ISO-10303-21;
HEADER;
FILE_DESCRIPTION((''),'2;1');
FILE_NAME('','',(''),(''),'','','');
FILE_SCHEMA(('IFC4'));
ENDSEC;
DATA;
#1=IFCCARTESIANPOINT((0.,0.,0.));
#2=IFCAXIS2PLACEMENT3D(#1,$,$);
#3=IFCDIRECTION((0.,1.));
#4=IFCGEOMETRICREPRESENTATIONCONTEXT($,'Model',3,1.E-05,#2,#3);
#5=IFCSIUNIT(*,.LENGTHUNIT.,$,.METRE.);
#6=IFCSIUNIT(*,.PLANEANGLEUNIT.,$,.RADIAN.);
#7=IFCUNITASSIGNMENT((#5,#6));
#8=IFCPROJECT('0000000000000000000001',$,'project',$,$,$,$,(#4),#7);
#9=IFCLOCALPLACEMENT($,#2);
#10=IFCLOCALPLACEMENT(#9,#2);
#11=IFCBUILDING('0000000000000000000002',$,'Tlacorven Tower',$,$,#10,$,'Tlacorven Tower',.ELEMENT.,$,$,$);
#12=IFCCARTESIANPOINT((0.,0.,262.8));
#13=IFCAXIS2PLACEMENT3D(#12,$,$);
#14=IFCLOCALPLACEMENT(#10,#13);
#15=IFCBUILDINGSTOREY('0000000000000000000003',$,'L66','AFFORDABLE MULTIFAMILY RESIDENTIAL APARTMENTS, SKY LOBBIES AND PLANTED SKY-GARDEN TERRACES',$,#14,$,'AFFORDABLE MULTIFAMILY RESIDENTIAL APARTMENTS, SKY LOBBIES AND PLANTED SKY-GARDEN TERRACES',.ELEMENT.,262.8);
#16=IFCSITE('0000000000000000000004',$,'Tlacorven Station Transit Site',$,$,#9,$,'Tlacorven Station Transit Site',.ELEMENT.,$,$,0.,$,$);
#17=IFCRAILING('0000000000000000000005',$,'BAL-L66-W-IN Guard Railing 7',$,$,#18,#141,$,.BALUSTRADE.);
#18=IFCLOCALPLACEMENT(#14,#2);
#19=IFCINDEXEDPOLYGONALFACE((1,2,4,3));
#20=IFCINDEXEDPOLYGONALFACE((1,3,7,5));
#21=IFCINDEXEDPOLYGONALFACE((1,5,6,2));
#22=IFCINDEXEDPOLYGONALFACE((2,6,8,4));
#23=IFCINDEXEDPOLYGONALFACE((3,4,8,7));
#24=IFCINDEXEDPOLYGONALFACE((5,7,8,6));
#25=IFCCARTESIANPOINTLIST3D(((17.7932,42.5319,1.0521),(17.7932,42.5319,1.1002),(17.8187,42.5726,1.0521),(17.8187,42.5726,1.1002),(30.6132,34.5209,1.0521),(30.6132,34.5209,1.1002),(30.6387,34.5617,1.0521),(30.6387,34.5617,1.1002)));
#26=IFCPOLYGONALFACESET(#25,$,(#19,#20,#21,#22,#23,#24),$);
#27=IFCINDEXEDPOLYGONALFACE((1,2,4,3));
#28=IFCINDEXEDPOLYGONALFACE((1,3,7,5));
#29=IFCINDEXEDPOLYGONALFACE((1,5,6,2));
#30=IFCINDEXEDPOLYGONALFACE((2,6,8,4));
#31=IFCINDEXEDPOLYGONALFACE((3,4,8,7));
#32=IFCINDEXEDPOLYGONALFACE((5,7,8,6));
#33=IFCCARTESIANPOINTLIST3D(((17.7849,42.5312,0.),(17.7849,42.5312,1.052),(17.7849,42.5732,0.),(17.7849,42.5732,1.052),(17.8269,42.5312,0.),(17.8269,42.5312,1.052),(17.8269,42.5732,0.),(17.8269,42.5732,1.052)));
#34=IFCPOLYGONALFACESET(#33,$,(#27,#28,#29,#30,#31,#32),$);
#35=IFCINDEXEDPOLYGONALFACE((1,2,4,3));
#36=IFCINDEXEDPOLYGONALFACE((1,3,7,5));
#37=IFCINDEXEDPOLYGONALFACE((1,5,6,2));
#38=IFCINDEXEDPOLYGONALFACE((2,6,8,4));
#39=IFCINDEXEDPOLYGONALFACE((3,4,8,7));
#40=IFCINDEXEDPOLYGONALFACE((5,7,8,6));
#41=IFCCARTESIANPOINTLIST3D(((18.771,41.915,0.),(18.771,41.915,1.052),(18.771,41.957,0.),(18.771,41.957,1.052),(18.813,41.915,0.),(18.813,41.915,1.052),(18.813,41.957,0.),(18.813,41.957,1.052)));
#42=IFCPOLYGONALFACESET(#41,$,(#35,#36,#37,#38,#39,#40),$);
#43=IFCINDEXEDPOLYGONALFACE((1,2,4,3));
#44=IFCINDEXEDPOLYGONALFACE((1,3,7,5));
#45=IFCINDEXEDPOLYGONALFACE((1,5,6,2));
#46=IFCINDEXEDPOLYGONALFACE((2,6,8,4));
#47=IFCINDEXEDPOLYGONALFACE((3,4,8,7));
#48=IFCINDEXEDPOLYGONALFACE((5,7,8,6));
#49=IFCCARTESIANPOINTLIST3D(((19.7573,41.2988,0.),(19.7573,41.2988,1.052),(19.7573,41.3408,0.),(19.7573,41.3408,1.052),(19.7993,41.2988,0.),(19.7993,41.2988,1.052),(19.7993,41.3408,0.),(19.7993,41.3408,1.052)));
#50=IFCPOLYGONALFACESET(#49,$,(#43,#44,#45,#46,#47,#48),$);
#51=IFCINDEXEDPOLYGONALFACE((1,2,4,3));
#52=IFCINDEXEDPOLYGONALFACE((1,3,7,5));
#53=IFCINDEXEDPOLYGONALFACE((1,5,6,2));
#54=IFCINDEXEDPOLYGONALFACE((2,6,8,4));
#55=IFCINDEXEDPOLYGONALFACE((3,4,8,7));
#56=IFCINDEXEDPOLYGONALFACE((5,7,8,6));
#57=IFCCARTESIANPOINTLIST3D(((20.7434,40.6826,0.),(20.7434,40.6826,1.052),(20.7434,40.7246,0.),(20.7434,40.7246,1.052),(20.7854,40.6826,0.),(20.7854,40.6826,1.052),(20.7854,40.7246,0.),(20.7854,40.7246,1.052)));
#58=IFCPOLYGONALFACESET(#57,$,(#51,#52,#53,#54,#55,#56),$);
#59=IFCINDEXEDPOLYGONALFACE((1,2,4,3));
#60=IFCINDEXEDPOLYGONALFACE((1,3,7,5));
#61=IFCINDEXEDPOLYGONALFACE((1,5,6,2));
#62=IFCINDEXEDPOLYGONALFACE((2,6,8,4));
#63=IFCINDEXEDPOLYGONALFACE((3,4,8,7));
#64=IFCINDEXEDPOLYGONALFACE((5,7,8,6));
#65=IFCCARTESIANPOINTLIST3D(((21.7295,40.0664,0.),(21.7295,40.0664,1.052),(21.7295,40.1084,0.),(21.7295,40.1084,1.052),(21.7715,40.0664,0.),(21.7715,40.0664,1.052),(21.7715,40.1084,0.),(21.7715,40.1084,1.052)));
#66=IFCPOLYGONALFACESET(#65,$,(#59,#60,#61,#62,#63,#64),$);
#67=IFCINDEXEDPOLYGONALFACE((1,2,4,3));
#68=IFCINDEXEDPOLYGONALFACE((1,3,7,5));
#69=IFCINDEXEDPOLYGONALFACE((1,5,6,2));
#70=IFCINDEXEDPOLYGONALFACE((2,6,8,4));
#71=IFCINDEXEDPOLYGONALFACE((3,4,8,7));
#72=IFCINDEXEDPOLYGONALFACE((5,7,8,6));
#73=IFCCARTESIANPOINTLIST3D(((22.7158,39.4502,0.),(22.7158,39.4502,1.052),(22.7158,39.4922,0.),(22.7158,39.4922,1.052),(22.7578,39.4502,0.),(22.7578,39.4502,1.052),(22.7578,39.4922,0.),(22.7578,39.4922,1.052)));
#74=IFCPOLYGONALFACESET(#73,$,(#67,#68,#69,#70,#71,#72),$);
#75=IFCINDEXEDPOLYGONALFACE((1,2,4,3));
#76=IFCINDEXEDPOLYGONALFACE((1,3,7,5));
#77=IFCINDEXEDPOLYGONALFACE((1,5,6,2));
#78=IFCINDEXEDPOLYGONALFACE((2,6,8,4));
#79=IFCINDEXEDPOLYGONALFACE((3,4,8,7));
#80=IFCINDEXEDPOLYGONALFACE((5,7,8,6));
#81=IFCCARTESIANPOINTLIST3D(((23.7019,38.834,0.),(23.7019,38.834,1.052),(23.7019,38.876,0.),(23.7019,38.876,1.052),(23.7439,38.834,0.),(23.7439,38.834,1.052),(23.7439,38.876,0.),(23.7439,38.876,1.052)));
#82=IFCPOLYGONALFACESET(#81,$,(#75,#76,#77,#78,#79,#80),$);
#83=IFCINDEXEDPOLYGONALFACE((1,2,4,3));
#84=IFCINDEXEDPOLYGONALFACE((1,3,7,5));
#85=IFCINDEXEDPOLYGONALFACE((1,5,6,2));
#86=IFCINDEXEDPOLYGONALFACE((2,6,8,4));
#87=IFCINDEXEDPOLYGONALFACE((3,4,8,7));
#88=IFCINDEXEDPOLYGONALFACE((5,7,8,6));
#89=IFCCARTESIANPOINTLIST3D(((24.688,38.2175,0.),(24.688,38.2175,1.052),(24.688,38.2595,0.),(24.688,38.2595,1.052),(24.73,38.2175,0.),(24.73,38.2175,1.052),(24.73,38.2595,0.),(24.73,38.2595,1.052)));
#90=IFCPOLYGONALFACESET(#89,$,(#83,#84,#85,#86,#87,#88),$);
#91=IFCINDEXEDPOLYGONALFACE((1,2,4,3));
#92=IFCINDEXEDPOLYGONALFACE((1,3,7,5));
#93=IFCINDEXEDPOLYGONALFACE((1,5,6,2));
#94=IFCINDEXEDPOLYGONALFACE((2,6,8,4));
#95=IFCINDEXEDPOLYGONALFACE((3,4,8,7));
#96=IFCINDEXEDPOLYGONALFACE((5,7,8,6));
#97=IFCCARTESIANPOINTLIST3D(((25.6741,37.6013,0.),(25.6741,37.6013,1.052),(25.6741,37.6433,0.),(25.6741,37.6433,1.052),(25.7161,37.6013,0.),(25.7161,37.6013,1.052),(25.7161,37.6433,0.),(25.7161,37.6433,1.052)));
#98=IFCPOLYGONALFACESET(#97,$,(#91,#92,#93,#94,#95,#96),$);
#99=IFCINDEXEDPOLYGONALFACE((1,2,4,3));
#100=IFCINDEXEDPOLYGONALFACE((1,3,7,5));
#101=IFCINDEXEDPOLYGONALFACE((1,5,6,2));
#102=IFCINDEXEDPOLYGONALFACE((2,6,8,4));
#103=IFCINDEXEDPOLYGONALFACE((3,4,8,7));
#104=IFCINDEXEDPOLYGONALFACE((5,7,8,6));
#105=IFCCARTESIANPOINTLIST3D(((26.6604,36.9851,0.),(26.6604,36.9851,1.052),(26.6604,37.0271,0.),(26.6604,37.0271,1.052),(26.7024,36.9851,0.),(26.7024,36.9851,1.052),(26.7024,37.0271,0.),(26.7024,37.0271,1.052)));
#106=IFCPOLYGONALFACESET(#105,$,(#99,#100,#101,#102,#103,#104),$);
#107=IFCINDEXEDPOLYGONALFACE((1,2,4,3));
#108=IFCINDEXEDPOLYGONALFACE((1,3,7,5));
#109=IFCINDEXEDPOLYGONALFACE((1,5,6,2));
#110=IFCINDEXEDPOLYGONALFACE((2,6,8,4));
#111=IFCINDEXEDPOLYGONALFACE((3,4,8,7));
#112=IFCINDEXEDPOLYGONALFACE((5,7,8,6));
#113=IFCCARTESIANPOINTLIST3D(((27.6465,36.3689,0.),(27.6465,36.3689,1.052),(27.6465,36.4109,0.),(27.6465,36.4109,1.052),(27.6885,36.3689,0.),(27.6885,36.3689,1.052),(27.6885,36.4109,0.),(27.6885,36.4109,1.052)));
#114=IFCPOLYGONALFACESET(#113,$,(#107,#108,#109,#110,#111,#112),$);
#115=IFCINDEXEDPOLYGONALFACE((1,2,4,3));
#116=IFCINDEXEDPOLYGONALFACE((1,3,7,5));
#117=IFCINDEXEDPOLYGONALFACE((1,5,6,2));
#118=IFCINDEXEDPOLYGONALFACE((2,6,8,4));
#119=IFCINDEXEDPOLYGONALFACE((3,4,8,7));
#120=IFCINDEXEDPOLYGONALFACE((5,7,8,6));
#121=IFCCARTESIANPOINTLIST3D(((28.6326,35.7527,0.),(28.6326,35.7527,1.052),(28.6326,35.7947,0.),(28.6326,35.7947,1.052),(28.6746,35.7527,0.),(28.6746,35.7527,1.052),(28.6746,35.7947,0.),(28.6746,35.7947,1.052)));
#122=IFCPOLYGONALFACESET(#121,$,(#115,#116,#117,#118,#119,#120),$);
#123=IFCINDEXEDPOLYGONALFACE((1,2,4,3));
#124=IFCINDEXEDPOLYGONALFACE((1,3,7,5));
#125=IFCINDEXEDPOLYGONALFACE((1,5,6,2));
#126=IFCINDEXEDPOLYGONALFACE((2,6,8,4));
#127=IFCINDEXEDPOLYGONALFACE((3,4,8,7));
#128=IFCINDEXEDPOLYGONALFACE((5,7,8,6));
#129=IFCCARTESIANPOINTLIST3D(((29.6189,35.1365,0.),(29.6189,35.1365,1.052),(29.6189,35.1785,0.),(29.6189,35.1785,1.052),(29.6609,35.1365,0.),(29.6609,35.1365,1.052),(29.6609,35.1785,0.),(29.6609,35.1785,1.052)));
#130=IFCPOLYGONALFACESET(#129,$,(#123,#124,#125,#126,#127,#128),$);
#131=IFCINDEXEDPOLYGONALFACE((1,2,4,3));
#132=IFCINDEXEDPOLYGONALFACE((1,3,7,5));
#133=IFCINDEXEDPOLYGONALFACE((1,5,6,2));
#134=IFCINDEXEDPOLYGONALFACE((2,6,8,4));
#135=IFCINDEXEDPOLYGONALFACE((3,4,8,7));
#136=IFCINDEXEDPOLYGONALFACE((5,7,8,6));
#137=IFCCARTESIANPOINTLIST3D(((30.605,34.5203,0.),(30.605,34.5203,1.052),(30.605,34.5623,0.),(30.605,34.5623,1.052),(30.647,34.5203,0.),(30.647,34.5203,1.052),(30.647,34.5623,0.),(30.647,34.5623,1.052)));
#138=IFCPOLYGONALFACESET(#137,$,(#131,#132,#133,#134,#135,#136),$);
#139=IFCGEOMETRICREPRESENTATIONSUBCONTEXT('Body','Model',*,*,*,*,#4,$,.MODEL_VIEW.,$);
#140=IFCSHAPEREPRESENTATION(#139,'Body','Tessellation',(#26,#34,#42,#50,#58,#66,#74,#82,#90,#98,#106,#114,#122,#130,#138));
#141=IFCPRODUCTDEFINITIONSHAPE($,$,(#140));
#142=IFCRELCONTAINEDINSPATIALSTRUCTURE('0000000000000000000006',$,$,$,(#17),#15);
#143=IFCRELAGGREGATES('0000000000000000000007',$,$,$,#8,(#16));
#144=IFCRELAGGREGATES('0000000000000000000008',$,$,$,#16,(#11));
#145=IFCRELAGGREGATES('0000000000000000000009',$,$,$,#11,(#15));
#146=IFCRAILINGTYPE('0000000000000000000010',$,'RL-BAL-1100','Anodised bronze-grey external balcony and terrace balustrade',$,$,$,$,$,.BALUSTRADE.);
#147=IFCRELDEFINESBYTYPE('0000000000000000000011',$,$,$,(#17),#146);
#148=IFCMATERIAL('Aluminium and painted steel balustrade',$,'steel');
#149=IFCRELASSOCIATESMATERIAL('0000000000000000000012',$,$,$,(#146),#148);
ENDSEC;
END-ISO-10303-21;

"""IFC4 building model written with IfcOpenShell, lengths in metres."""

from ifc_helpers import new_model, si_unit, direction, frame, origin, origin_2d, place, context, subcontext, project, spatial, rectangle, extrude, source, transform, mapped, material, type_object, element, save


model = new_model("IFC4")

# Units and contexts
model_context = context("Model", 3, precision=1e-05, world=origin(), true_north=direction((0.0, 1.0)))
body_context = subcontext(model_context, "Body", "Model", "MODEL_VIEW")
ifc_project = project(units=[si_unit("LENGTHUNIT", "METRE"), si_unit("PLANEANGLEUNIT", "RADIAN")], contexts=[model_context])

# Site, building, storey
site_placement = place(None, origin())
site = spatial("IfcSite", under=ifc_project, at=site_placement, Name="Tlacorven Station Transit Site", LongName="Tlacorven Station Transit Site", CompositionType="ELEMENT", RefElevation=0.0)
building_placement = place(site_placement, origin())
building = spatial("IfcBuilding", under=site, at=building_placement, Name="Tlacorven Tower", LongName="Tlacorven Tower", CompositionType="ELEMENT")
storey_placement = place(building_placement, frame((0.0, 0.0, 262.8)))
storey = spatial("IfcBuildingStorey", under=building, at=storey_placement, Name="L66", Description="AFFORDABLE MULTIFAMILY RESIDENTIAL APARTMENTS, SKY LOBBIES AND PLANTED SKY-GARDEN TERRACES", LongName="AFFORDABLE MULTIFAMILY RESIDENTIAL APARTMENTS, SKY LOBBIES AND PLANTED SKY-GARDEN TERRACES", CompositionType="ELEMENT", Elevation=262.8)

# Railing
ifc_material_1 = material(Name="Aluminium and painted steel balustrade", Category="steel")
railing_type = type_object("IfcRailingType", Name="RL-BAL-1100", Description="Anodised bronze-grey external balcony and terrace balustrade", PredefinedType="BALUSTRADE", material=ifc_material_1)
shared_shape_1 = source(origin(), body_context, "Body", "SweptSolid", [
    extrude(rectangle(XDim=0.0481, YDim=0.0481, at=origin_2d()), frame((0.0, 0.0, 1.0762), z_axis=(0.848045, -0.529925, 0.0), x_axis=(0.529925, 0.848045, 0.0)), (0.0, 0.0, 1.0), 15.1172),
    extrude(rectangle(XDim=0.042, YDim=0.042, at=origin_2d()), origin(), (0.0, 0.0, 1.0), 1.052),
    extrude(rectangle(XDim=0.042, YDim=0.042, at=origin_2d()), frame((0.9861, -0.6162, 0.0)), (0.0, 0.0, 1.0), 1.052),
    extrude(rectangle(XDim=0.042, YDim=0.042, at=origin_2d()), frame((1.9724, -1.2324, 0.0)), (0.0, 0.0, 1.0), 1.052),
    extrude(rectangle(XDim=0.042, YDim=0.042, at=origin_2d()), frame((2.9585, -1.8486, 0.0)), (0.0, 0.0, 1.0), 1.052),
    extrude(rectangle(XDim=0.042, YDim=0.042, at=origin_2d()), frame((3.9446, -2.4648, 0.0)), (0.0, 0.0, 1.0), 1.052),
    extrude(rectangle(XDim=0.042, YDim=0.042, at=origin_2d()), frame((4.9309, -3.0811, 0.0)), (0.0, 0.0, 1.0), 1.052),
    extrude(rectangle(XDim=0.042, YDim=0.042, at=origin_2d()), frame((5.917, -3.6973, 0.0)), (0.0, 0.0, 1.0), 1.052),
    extrude(rectangle(XDim=0.042, YDim=0.042, at=origin_2d()), frame((6.9031, -4.3137, 0.0)), (0.0, 0.0, 1.0), 1.052),
    extrude(rectangle(XDim=0.042, YDim=0.042, at=origin_2d()), frame((7.8892, -4.9299, 0.0)), (0.0, 0.0, 1.0), 1.052),
    extrude(rectangle(XDim=0.042, YDim=0.042, at=origin_2d()), frame((8.8755, -5.5461, 0.0)), (0.0, 0.0, 1.0), 1.052),
    extrude(rectangle(XDim=0.042, YDim=0.042, at=origin_2d()), frame((9.8616, -6.1624, 0.0)), (0.0, 0.0, 1.0), 1.052),
    extrude(rectangle(XDim=0.042, YDim=0.042, at=origin_2d()), frame((10.8477, -6.7786, 0.0)), (0.0, 0.0, 1.0), 1.052),
    extrude(rectangle(XDim=0.042, YDim=0.042, at=origin_2d()), frame((11.834, -7.3948, 0.0)), (0.0, 0.0, 1.0), 1.052),
    extrude(rectangle(XDim=0.042, YDim=0.042, at=origin_2d()), frame((12.8201, -8.011, 0.0)), (0.0, 0.0, 1.0), 1.052),
])
railing_1_placement = place(storey_placement, frame((17.8059, 42.5522, 0.0)))
element("IfcRailing", 1, at=railing_1_placement, inside=storey, type_object=railing_type, Name="BAL-L66-W-IN Guard Railing 7", PredefinedType="BALUSTRADE", context=body_context, shape_type="MappedRepresentation", body=[
    mapped(shared_shape_1, transform((0.0, 0.0, 0.0), scale=1.0)),
])

save(model, "model.ifc")
